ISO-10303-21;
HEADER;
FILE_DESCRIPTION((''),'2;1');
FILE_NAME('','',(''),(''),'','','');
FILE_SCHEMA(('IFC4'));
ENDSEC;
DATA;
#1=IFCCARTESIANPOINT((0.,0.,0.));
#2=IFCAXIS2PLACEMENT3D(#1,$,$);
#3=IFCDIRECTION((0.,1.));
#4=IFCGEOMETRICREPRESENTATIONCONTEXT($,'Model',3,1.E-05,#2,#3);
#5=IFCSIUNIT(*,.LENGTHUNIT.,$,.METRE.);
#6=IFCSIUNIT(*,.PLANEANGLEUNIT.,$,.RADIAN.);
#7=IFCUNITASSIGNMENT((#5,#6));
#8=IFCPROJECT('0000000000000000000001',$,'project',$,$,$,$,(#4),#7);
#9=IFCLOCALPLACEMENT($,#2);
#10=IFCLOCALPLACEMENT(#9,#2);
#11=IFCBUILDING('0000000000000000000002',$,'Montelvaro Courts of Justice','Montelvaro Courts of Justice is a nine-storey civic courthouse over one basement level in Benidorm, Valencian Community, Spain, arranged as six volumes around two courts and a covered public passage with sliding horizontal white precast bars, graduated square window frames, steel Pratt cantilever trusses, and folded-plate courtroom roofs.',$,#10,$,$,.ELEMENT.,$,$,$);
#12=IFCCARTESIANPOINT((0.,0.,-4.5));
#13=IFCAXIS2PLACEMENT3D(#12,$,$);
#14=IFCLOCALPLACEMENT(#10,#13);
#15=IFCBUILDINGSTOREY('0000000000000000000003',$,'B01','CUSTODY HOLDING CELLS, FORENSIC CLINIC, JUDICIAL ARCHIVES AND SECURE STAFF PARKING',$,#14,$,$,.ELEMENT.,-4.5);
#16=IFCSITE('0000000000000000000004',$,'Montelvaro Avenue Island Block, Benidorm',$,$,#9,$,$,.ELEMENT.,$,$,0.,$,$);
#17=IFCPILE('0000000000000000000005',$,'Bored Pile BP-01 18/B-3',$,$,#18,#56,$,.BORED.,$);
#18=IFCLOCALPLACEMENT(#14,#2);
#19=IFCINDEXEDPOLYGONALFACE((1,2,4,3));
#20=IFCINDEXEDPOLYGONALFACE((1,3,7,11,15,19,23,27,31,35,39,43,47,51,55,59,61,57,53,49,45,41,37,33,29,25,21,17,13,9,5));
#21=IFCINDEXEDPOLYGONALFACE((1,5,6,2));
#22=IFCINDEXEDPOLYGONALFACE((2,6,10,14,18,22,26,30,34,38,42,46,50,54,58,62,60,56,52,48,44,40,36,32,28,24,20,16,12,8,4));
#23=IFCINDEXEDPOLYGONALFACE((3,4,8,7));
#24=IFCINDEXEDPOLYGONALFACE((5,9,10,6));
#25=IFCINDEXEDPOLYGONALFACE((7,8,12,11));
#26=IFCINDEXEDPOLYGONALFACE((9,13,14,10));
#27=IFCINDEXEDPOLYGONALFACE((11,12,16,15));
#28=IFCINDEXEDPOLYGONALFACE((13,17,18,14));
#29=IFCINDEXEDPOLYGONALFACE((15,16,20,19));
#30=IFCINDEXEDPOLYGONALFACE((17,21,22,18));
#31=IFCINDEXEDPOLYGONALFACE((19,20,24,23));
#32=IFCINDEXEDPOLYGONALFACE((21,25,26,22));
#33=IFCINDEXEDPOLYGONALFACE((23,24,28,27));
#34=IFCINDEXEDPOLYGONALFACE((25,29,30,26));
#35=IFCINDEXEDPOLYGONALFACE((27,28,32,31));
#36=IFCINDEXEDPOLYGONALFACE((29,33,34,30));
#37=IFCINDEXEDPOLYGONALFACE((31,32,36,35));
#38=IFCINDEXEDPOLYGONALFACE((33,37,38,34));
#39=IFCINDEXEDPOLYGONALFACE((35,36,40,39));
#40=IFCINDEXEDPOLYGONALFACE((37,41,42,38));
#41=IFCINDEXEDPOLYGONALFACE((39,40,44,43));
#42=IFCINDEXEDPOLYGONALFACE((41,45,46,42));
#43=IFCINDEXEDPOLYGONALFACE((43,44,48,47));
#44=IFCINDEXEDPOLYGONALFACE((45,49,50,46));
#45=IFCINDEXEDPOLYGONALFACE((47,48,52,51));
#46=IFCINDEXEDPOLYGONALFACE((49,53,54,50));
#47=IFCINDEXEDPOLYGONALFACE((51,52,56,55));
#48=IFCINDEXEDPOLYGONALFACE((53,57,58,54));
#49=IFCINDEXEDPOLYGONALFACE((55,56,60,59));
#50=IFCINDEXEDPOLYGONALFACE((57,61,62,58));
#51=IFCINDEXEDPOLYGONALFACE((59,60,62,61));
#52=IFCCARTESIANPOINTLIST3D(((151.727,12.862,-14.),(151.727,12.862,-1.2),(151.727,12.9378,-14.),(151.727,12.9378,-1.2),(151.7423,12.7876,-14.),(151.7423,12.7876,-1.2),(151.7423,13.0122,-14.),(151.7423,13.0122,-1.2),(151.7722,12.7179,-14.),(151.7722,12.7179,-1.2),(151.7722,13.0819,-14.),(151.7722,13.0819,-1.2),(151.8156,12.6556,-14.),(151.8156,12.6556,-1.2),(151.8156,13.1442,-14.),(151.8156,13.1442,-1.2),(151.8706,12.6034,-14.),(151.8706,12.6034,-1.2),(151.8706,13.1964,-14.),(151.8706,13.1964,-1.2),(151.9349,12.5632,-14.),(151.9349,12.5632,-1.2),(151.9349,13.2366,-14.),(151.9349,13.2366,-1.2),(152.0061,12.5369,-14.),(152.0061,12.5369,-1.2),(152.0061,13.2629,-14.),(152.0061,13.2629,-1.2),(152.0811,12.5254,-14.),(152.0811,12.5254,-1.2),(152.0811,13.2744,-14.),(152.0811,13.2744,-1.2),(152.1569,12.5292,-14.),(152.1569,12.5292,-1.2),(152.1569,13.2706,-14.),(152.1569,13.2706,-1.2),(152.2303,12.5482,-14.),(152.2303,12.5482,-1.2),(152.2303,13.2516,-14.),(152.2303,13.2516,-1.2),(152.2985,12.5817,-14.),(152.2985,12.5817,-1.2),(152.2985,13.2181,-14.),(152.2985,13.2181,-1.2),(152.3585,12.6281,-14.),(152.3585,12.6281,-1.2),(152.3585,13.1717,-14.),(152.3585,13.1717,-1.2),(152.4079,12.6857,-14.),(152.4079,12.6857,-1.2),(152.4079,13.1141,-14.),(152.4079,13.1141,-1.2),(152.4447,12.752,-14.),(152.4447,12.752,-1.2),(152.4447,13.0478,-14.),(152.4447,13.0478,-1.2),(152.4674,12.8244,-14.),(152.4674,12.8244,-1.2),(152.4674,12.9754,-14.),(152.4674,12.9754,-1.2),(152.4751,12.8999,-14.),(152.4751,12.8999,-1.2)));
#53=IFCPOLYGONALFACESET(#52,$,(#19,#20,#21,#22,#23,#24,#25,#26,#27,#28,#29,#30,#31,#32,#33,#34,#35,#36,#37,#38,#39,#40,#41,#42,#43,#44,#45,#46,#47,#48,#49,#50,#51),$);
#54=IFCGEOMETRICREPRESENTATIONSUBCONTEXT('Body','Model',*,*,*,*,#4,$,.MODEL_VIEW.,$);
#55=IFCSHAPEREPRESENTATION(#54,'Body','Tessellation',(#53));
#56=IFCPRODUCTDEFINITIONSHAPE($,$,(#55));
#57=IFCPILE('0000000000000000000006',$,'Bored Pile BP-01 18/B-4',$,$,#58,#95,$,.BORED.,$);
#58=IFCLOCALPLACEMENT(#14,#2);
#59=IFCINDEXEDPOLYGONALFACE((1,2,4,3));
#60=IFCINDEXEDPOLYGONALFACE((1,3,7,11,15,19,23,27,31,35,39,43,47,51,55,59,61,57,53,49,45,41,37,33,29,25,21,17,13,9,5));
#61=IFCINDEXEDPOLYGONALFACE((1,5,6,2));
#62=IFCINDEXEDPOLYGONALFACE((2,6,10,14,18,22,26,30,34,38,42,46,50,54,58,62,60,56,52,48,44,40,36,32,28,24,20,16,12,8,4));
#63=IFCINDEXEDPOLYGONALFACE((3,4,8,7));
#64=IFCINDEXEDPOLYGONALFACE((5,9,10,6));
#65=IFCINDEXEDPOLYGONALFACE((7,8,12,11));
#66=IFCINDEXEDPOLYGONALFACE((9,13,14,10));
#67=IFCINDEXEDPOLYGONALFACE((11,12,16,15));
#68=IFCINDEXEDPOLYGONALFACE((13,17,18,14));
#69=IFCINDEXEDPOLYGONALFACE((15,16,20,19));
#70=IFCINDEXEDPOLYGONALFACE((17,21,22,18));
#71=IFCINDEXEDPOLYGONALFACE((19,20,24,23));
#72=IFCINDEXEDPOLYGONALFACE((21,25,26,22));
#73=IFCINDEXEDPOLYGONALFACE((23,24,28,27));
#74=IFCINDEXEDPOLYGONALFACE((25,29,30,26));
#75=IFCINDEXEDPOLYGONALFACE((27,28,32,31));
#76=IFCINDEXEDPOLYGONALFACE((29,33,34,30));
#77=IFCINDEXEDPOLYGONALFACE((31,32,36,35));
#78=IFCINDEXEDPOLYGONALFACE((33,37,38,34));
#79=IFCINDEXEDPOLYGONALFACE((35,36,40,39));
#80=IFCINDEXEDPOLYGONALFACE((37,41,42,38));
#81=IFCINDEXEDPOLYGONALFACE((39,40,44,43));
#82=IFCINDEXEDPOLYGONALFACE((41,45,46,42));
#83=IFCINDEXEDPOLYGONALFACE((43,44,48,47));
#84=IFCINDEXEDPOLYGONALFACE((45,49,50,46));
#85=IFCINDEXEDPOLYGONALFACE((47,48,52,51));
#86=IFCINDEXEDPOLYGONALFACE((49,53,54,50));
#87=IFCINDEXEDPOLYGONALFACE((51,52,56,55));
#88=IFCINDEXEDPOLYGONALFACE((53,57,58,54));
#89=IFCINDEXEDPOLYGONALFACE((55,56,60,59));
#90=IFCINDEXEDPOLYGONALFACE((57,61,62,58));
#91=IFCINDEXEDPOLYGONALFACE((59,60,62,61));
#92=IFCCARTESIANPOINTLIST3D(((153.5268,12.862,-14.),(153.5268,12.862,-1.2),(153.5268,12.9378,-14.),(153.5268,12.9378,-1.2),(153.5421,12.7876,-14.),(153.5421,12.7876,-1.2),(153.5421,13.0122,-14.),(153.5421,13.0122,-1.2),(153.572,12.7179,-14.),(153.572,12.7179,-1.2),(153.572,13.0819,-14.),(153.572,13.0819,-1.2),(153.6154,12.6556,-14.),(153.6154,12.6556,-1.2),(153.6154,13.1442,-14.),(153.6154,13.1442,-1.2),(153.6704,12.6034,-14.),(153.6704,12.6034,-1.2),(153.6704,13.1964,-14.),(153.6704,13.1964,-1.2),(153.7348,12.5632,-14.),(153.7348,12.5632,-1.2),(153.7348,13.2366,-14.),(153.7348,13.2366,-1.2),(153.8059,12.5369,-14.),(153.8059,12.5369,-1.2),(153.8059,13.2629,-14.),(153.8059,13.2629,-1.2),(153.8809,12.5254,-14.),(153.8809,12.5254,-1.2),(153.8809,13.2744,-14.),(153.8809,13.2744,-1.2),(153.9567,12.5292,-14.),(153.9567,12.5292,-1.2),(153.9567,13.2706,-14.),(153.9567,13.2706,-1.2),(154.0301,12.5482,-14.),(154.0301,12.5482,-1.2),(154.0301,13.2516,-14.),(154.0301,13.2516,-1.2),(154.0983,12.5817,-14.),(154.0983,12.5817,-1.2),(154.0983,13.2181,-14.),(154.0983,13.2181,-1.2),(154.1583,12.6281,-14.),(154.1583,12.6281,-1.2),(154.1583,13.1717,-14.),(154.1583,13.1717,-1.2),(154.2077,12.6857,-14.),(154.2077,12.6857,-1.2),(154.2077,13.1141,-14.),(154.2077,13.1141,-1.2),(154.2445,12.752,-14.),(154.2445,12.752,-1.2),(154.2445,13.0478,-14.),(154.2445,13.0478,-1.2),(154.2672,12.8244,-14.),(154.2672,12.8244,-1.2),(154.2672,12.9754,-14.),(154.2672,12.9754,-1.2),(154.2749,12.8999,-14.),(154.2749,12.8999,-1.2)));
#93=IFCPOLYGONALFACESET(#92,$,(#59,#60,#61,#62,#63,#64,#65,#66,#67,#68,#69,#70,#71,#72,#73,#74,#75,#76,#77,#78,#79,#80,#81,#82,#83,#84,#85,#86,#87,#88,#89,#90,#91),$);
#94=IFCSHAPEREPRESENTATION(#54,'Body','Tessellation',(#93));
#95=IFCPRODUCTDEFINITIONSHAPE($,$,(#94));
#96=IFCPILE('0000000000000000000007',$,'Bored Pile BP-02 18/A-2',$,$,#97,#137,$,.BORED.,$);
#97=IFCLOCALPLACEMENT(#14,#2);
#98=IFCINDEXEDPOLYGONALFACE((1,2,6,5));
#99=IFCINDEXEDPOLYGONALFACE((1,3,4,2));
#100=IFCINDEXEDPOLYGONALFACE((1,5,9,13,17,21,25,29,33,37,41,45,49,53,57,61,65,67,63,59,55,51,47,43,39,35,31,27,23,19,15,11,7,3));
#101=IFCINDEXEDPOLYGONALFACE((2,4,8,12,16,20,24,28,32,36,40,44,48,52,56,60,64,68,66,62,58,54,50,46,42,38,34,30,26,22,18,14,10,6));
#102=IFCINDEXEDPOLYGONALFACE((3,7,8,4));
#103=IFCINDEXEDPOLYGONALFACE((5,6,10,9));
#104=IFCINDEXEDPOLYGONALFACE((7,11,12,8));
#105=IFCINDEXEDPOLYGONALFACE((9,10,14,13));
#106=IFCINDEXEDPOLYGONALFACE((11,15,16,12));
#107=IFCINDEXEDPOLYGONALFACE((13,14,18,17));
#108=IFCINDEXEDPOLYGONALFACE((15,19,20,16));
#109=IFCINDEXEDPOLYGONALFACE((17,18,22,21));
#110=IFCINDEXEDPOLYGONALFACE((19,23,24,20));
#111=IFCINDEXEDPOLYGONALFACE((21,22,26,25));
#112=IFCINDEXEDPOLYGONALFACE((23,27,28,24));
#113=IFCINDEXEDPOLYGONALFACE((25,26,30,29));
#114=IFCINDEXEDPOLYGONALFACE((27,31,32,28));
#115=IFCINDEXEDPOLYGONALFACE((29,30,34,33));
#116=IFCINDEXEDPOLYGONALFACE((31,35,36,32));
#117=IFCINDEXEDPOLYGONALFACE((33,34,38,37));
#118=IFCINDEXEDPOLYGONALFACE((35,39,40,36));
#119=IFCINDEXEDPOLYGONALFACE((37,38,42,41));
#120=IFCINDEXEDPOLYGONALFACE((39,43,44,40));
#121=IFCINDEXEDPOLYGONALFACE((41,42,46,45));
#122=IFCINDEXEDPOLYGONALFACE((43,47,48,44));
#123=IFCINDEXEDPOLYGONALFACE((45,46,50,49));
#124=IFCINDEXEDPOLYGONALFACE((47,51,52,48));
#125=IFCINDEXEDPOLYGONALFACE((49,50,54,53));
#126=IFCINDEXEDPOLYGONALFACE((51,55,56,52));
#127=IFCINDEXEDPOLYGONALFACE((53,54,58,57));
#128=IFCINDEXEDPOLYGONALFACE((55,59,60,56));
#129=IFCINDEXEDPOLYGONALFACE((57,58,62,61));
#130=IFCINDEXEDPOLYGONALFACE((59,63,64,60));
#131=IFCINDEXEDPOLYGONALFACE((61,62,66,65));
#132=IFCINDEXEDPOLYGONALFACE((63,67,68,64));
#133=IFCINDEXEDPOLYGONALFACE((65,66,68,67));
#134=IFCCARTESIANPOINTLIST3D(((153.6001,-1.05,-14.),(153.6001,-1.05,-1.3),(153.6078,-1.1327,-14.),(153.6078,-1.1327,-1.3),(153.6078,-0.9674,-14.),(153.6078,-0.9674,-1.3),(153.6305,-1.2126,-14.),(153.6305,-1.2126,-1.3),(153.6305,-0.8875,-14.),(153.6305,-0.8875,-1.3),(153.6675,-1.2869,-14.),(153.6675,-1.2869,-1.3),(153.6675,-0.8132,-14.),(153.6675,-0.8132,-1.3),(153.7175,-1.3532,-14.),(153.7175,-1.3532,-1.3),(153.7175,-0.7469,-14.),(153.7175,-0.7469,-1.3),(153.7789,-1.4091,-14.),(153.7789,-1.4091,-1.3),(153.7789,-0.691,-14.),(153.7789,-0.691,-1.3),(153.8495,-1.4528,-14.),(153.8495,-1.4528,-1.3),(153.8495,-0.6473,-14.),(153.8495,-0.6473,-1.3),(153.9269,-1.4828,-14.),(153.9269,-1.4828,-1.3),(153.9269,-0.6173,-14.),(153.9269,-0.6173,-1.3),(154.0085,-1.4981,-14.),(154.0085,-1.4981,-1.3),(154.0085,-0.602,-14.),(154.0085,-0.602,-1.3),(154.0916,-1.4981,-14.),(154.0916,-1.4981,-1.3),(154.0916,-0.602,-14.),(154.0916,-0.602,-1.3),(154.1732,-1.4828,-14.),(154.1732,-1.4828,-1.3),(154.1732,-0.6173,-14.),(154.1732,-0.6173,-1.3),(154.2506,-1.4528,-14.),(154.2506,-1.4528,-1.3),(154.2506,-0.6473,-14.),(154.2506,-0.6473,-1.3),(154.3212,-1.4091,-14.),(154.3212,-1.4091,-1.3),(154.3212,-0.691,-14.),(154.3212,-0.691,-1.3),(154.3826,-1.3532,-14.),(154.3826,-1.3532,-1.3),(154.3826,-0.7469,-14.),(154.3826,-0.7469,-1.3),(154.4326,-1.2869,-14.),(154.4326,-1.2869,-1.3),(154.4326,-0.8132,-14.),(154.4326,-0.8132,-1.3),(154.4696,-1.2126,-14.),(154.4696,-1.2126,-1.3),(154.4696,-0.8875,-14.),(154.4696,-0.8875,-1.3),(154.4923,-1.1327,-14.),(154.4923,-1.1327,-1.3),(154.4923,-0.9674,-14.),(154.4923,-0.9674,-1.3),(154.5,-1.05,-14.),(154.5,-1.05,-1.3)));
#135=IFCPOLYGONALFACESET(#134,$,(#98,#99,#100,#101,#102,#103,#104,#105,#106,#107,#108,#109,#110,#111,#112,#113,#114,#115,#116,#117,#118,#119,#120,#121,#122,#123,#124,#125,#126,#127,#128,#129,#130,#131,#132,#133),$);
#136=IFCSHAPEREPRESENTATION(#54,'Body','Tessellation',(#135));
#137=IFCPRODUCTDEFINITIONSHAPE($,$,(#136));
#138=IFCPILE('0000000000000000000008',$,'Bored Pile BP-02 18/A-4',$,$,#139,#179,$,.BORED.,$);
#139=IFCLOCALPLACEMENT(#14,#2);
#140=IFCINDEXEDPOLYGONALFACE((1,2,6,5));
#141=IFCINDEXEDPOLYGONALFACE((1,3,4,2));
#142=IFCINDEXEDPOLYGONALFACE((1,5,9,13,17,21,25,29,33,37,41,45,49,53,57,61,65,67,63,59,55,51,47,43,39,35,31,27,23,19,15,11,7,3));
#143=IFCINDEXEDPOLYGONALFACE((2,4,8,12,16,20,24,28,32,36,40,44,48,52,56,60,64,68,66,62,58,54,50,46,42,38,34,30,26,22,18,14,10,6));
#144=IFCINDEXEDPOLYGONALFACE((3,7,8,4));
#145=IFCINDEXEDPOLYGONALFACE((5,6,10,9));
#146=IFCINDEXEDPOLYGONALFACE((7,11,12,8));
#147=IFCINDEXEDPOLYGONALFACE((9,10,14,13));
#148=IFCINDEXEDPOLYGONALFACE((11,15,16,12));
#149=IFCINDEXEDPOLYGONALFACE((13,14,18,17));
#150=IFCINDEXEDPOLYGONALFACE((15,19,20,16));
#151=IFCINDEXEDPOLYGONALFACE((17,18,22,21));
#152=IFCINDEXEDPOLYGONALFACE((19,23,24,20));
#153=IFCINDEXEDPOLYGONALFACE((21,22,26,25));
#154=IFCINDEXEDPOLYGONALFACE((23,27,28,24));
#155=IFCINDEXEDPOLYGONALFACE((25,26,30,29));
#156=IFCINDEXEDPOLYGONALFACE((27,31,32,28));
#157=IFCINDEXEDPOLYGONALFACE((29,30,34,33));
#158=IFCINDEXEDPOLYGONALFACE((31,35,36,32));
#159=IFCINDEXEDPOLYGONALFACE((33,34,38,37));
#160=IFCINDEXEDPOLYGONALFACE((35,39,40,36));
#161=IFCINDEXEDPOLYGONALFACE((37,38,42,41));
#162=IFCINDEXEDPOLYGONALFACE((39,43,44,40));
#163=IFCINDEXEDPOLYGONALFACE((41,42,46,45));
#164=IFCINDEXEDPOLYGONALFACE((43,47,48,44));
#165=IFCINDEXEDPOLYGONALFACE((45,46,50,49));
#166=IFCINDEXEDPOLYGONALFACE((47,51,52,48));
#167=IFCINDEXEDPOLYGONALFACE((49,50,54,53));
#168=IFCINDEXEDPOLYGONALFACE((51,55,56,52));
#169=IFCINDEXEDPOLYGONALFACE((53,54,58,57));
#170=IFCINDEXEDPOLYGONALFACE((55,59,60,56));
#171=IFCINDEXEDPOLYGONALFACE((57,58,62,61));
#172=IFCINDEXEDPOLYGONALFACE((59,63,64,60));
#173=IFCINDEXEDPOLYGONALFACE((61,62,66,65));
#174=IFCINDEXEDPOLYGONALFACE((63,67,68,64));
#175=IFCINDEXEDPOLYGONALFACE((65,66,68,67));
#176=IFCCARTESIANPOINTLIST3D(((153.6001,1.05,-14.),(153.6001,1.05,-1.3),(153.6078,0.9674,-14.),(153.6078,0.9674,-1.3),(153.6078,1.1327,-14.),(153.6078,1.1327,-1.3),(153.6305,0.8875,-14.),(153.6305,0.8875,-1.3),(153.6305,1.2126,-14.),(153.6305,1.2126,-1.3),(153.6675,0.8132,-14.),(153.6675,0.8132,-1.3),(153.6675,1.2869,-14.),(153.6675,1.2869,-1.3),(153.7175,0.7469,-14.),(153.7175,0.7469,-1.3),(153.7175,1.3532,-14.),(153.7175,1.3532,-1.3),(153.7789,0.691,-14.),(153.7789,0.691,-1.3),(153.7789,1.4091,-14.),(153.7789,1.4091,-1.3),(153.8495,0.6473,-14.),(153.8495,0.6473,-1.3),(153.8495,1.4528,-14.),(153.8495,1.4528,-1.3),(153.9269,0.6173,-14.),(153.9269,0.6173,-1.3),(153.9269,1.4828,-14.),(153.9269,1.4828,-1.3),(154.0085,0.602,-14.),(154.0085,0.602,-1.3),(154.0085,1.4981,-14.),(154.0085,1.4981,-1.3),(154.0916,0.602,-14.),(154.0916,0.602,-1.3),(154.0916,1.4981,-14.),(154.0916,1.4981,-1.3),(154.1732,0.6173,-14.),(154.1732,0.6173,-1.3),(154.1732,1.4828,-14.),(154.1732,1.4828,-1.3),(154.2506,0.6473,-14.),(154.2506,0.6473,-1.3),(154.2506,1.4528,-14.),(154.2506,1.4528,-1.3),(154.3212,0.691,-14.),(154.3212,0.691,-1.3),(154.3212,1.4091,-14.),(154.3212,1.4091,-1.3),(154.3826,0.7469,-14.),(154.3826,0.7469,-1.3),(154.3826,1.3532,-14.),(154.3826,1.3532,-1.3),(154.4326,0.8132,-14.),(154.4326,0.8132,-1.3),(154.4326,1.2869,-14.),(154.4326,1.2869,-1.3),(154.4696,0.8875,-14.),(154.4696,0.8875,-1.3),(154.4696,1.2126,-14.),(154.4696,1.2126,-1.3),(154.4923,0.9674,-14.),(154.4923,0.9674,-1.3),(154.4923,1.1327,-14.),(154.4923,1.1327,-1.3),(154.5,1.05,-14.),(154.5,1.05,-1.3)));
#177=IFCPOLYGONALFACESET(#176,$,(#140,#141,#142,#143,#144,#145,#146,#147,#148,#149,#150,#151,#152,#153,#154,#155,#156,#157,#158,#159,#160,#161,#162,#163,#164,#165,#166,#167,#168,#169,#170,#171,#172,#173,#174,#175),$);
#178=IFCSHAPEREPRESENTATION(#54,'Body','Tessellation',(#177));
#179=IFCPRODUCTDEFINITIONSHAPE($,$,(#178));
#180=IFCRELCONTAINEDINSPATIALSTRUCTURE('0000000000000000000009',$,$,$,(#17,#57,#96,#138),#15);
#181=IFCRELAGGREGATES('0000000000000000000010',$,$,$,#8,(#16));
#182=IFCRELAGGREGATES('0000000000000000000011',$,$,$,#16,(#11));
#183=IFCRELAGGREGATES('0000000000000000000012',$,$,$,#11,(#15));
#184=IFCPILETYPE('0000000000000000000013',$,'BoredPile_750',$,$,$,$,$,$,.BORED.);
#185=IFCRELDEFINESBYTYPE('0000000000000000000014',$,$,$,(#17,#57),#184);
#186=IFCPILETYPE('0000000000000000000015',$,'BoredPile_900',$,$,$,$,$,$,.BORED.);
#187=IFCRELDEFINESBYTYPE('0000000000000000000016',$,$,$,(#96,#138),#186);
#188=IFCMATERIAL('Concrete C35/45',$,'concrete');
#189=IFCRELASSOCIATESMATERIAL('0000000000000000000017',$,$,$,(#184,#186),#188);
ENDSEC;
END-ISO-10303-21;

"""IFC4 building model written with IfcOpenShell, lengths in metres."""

from ifc_helpers import new_model, si_unit, direction, frame, origin, origin_2d, place, context, subcontext, project, spatial, circle, extrude, material, material_profile, profile_set, type_object, element, save


model = new_model("IFC4")

# Units and contexts
model_context = context("Model", 3, precision=1e-05, world=origin(), true_north=direction((0.0, 1.0)))
body_context = subcontext(model_context, "Body", "Model", "MODEL_VIEW")
ifc_project = project(units=[si_unit("LENGTHUNIT", "METRE"), si_unit("PLANEANGLEUNIT", "RADIAN")], contexts=[model_context])

# Site, building, storey
site_placement = place(None, origin())
site = spatial("IfcSite", under=ifc_project, at=site_placement, Name="Montelvaro Avenue Island Block, Benidorm", CompositionType="ELEMENT", RefElevation=0.0)
building_placement = place(site_placement, origin())
building = spatial("IfcBuilding", under=site, at=building_placement, Name="Montelvaro Courts of Justice", Description="Montelvaro Courts of Justice is a nine-storey civic courthouse over one basement level in Benidorm, Valencian Community, Spain, arranged as six volumes around two courts and a covered public passage with sliding horizontal white precast bars, graduated square window frames, steel Pratt cantilever trusses, and folded-plate courtroom roofs.", CompositionType="ELEMENT")
storey_placement = place(building_placement, frame((0.0, 0.0, -4.5)))
storey = spatial("IfcBuildingStorey", under=building, at=storey_placement, Name="B01", Description="CUSTODY HOLDING CELLS, FORENSIC CLINIC, JUDICIAL ARCHIVES AND SECURE STAFF PARKING", CompositionType="ELEMENT", Elevation=-4.5)

# Piles
ifc_material_1 = material(Name="Concrete C35/45", Category="concrete")
ifc_material_profile_1 = material_profile(ifc_material_1, circle(Radius=0.375, at=origin_2d()), Name="BORED PILE D750")
ifc_profile_set_1 = profile_set([ifc_material_profile_1], Name="Concrete C35/45")
pile_type_1 = type_object("IfcPileType", Name="BoredPile_750", PredefinedType="BORED", material=ifc_profile_set_1)
for number, where, z_axis, x_axis, name in (
    (1, (152.1001, 12.8999, -1.2), (0.0, 0.0, -1.0), (1.0, 0.0, 0.0), "Bored Pile BP-01 18/B-3"),
    (2, (153.8999, 12.8999, -1.2), (0.0, 0.0, -1.0), (1.0, 0.0, 0.0), "Bored Pile BP-01 18/B-4"),
):
    element("IfcPile", number, at=place(storey_placement, frame(where, z_axis=z_axis, x_axis=x_axis)), inside=storey, type_object=pile_type_1, Name=name, PredefinedType="BORED", context=body_context, shape_type="SweptSolid", body=[
        extrude(circle(Radius=0.375, at=origin_2d()), origin(), (0.0, 0.0, 1.0), 12.8),
    ])
ifc_material_profile_2 = material_profile(ifc_material_1, circle(Radius=0.45, at=origin_2d()), Name="BORED PILE D900")
ifc_profile_set_2 = profile_set([ifc_material_profile_2], Name="Concrete C35/45")
pile_type_2 = type_object("IfcPileType", Name="BoredPile_900", PredefinedType="BORED", material=ifc_profile_set_2)
for number, where, z_axis, x_axis, name in (
    (3, (154.05, -1.05, -1.3), (0.0, 0.0, -1.0), (1.0, 0.0, 0.0), "Bored Pile BP-02 18/A-2"),
    (4, (154.05, 1.05, -1.3), (0.0, 0.0, -1.0), (1.0, 0.0, 0.0), "Bored Pile BP-02 18/A-4"),
):
    element("IfcPile", number, at=place(storey_placement, frame(where, z_axis=z_axis, x_axis=x_axis)), inside=storey, type_object=pile_type_2, Name=name, PredefinedType="BORED", context=body_context, shape_type="SweptSolid", body=[
        extrude(circle(Radius=0.45, at=origin_2d()), origin(), (0.0, 0.0, 1.0), 12.7),
    ])

save(model, "model.ifc")
